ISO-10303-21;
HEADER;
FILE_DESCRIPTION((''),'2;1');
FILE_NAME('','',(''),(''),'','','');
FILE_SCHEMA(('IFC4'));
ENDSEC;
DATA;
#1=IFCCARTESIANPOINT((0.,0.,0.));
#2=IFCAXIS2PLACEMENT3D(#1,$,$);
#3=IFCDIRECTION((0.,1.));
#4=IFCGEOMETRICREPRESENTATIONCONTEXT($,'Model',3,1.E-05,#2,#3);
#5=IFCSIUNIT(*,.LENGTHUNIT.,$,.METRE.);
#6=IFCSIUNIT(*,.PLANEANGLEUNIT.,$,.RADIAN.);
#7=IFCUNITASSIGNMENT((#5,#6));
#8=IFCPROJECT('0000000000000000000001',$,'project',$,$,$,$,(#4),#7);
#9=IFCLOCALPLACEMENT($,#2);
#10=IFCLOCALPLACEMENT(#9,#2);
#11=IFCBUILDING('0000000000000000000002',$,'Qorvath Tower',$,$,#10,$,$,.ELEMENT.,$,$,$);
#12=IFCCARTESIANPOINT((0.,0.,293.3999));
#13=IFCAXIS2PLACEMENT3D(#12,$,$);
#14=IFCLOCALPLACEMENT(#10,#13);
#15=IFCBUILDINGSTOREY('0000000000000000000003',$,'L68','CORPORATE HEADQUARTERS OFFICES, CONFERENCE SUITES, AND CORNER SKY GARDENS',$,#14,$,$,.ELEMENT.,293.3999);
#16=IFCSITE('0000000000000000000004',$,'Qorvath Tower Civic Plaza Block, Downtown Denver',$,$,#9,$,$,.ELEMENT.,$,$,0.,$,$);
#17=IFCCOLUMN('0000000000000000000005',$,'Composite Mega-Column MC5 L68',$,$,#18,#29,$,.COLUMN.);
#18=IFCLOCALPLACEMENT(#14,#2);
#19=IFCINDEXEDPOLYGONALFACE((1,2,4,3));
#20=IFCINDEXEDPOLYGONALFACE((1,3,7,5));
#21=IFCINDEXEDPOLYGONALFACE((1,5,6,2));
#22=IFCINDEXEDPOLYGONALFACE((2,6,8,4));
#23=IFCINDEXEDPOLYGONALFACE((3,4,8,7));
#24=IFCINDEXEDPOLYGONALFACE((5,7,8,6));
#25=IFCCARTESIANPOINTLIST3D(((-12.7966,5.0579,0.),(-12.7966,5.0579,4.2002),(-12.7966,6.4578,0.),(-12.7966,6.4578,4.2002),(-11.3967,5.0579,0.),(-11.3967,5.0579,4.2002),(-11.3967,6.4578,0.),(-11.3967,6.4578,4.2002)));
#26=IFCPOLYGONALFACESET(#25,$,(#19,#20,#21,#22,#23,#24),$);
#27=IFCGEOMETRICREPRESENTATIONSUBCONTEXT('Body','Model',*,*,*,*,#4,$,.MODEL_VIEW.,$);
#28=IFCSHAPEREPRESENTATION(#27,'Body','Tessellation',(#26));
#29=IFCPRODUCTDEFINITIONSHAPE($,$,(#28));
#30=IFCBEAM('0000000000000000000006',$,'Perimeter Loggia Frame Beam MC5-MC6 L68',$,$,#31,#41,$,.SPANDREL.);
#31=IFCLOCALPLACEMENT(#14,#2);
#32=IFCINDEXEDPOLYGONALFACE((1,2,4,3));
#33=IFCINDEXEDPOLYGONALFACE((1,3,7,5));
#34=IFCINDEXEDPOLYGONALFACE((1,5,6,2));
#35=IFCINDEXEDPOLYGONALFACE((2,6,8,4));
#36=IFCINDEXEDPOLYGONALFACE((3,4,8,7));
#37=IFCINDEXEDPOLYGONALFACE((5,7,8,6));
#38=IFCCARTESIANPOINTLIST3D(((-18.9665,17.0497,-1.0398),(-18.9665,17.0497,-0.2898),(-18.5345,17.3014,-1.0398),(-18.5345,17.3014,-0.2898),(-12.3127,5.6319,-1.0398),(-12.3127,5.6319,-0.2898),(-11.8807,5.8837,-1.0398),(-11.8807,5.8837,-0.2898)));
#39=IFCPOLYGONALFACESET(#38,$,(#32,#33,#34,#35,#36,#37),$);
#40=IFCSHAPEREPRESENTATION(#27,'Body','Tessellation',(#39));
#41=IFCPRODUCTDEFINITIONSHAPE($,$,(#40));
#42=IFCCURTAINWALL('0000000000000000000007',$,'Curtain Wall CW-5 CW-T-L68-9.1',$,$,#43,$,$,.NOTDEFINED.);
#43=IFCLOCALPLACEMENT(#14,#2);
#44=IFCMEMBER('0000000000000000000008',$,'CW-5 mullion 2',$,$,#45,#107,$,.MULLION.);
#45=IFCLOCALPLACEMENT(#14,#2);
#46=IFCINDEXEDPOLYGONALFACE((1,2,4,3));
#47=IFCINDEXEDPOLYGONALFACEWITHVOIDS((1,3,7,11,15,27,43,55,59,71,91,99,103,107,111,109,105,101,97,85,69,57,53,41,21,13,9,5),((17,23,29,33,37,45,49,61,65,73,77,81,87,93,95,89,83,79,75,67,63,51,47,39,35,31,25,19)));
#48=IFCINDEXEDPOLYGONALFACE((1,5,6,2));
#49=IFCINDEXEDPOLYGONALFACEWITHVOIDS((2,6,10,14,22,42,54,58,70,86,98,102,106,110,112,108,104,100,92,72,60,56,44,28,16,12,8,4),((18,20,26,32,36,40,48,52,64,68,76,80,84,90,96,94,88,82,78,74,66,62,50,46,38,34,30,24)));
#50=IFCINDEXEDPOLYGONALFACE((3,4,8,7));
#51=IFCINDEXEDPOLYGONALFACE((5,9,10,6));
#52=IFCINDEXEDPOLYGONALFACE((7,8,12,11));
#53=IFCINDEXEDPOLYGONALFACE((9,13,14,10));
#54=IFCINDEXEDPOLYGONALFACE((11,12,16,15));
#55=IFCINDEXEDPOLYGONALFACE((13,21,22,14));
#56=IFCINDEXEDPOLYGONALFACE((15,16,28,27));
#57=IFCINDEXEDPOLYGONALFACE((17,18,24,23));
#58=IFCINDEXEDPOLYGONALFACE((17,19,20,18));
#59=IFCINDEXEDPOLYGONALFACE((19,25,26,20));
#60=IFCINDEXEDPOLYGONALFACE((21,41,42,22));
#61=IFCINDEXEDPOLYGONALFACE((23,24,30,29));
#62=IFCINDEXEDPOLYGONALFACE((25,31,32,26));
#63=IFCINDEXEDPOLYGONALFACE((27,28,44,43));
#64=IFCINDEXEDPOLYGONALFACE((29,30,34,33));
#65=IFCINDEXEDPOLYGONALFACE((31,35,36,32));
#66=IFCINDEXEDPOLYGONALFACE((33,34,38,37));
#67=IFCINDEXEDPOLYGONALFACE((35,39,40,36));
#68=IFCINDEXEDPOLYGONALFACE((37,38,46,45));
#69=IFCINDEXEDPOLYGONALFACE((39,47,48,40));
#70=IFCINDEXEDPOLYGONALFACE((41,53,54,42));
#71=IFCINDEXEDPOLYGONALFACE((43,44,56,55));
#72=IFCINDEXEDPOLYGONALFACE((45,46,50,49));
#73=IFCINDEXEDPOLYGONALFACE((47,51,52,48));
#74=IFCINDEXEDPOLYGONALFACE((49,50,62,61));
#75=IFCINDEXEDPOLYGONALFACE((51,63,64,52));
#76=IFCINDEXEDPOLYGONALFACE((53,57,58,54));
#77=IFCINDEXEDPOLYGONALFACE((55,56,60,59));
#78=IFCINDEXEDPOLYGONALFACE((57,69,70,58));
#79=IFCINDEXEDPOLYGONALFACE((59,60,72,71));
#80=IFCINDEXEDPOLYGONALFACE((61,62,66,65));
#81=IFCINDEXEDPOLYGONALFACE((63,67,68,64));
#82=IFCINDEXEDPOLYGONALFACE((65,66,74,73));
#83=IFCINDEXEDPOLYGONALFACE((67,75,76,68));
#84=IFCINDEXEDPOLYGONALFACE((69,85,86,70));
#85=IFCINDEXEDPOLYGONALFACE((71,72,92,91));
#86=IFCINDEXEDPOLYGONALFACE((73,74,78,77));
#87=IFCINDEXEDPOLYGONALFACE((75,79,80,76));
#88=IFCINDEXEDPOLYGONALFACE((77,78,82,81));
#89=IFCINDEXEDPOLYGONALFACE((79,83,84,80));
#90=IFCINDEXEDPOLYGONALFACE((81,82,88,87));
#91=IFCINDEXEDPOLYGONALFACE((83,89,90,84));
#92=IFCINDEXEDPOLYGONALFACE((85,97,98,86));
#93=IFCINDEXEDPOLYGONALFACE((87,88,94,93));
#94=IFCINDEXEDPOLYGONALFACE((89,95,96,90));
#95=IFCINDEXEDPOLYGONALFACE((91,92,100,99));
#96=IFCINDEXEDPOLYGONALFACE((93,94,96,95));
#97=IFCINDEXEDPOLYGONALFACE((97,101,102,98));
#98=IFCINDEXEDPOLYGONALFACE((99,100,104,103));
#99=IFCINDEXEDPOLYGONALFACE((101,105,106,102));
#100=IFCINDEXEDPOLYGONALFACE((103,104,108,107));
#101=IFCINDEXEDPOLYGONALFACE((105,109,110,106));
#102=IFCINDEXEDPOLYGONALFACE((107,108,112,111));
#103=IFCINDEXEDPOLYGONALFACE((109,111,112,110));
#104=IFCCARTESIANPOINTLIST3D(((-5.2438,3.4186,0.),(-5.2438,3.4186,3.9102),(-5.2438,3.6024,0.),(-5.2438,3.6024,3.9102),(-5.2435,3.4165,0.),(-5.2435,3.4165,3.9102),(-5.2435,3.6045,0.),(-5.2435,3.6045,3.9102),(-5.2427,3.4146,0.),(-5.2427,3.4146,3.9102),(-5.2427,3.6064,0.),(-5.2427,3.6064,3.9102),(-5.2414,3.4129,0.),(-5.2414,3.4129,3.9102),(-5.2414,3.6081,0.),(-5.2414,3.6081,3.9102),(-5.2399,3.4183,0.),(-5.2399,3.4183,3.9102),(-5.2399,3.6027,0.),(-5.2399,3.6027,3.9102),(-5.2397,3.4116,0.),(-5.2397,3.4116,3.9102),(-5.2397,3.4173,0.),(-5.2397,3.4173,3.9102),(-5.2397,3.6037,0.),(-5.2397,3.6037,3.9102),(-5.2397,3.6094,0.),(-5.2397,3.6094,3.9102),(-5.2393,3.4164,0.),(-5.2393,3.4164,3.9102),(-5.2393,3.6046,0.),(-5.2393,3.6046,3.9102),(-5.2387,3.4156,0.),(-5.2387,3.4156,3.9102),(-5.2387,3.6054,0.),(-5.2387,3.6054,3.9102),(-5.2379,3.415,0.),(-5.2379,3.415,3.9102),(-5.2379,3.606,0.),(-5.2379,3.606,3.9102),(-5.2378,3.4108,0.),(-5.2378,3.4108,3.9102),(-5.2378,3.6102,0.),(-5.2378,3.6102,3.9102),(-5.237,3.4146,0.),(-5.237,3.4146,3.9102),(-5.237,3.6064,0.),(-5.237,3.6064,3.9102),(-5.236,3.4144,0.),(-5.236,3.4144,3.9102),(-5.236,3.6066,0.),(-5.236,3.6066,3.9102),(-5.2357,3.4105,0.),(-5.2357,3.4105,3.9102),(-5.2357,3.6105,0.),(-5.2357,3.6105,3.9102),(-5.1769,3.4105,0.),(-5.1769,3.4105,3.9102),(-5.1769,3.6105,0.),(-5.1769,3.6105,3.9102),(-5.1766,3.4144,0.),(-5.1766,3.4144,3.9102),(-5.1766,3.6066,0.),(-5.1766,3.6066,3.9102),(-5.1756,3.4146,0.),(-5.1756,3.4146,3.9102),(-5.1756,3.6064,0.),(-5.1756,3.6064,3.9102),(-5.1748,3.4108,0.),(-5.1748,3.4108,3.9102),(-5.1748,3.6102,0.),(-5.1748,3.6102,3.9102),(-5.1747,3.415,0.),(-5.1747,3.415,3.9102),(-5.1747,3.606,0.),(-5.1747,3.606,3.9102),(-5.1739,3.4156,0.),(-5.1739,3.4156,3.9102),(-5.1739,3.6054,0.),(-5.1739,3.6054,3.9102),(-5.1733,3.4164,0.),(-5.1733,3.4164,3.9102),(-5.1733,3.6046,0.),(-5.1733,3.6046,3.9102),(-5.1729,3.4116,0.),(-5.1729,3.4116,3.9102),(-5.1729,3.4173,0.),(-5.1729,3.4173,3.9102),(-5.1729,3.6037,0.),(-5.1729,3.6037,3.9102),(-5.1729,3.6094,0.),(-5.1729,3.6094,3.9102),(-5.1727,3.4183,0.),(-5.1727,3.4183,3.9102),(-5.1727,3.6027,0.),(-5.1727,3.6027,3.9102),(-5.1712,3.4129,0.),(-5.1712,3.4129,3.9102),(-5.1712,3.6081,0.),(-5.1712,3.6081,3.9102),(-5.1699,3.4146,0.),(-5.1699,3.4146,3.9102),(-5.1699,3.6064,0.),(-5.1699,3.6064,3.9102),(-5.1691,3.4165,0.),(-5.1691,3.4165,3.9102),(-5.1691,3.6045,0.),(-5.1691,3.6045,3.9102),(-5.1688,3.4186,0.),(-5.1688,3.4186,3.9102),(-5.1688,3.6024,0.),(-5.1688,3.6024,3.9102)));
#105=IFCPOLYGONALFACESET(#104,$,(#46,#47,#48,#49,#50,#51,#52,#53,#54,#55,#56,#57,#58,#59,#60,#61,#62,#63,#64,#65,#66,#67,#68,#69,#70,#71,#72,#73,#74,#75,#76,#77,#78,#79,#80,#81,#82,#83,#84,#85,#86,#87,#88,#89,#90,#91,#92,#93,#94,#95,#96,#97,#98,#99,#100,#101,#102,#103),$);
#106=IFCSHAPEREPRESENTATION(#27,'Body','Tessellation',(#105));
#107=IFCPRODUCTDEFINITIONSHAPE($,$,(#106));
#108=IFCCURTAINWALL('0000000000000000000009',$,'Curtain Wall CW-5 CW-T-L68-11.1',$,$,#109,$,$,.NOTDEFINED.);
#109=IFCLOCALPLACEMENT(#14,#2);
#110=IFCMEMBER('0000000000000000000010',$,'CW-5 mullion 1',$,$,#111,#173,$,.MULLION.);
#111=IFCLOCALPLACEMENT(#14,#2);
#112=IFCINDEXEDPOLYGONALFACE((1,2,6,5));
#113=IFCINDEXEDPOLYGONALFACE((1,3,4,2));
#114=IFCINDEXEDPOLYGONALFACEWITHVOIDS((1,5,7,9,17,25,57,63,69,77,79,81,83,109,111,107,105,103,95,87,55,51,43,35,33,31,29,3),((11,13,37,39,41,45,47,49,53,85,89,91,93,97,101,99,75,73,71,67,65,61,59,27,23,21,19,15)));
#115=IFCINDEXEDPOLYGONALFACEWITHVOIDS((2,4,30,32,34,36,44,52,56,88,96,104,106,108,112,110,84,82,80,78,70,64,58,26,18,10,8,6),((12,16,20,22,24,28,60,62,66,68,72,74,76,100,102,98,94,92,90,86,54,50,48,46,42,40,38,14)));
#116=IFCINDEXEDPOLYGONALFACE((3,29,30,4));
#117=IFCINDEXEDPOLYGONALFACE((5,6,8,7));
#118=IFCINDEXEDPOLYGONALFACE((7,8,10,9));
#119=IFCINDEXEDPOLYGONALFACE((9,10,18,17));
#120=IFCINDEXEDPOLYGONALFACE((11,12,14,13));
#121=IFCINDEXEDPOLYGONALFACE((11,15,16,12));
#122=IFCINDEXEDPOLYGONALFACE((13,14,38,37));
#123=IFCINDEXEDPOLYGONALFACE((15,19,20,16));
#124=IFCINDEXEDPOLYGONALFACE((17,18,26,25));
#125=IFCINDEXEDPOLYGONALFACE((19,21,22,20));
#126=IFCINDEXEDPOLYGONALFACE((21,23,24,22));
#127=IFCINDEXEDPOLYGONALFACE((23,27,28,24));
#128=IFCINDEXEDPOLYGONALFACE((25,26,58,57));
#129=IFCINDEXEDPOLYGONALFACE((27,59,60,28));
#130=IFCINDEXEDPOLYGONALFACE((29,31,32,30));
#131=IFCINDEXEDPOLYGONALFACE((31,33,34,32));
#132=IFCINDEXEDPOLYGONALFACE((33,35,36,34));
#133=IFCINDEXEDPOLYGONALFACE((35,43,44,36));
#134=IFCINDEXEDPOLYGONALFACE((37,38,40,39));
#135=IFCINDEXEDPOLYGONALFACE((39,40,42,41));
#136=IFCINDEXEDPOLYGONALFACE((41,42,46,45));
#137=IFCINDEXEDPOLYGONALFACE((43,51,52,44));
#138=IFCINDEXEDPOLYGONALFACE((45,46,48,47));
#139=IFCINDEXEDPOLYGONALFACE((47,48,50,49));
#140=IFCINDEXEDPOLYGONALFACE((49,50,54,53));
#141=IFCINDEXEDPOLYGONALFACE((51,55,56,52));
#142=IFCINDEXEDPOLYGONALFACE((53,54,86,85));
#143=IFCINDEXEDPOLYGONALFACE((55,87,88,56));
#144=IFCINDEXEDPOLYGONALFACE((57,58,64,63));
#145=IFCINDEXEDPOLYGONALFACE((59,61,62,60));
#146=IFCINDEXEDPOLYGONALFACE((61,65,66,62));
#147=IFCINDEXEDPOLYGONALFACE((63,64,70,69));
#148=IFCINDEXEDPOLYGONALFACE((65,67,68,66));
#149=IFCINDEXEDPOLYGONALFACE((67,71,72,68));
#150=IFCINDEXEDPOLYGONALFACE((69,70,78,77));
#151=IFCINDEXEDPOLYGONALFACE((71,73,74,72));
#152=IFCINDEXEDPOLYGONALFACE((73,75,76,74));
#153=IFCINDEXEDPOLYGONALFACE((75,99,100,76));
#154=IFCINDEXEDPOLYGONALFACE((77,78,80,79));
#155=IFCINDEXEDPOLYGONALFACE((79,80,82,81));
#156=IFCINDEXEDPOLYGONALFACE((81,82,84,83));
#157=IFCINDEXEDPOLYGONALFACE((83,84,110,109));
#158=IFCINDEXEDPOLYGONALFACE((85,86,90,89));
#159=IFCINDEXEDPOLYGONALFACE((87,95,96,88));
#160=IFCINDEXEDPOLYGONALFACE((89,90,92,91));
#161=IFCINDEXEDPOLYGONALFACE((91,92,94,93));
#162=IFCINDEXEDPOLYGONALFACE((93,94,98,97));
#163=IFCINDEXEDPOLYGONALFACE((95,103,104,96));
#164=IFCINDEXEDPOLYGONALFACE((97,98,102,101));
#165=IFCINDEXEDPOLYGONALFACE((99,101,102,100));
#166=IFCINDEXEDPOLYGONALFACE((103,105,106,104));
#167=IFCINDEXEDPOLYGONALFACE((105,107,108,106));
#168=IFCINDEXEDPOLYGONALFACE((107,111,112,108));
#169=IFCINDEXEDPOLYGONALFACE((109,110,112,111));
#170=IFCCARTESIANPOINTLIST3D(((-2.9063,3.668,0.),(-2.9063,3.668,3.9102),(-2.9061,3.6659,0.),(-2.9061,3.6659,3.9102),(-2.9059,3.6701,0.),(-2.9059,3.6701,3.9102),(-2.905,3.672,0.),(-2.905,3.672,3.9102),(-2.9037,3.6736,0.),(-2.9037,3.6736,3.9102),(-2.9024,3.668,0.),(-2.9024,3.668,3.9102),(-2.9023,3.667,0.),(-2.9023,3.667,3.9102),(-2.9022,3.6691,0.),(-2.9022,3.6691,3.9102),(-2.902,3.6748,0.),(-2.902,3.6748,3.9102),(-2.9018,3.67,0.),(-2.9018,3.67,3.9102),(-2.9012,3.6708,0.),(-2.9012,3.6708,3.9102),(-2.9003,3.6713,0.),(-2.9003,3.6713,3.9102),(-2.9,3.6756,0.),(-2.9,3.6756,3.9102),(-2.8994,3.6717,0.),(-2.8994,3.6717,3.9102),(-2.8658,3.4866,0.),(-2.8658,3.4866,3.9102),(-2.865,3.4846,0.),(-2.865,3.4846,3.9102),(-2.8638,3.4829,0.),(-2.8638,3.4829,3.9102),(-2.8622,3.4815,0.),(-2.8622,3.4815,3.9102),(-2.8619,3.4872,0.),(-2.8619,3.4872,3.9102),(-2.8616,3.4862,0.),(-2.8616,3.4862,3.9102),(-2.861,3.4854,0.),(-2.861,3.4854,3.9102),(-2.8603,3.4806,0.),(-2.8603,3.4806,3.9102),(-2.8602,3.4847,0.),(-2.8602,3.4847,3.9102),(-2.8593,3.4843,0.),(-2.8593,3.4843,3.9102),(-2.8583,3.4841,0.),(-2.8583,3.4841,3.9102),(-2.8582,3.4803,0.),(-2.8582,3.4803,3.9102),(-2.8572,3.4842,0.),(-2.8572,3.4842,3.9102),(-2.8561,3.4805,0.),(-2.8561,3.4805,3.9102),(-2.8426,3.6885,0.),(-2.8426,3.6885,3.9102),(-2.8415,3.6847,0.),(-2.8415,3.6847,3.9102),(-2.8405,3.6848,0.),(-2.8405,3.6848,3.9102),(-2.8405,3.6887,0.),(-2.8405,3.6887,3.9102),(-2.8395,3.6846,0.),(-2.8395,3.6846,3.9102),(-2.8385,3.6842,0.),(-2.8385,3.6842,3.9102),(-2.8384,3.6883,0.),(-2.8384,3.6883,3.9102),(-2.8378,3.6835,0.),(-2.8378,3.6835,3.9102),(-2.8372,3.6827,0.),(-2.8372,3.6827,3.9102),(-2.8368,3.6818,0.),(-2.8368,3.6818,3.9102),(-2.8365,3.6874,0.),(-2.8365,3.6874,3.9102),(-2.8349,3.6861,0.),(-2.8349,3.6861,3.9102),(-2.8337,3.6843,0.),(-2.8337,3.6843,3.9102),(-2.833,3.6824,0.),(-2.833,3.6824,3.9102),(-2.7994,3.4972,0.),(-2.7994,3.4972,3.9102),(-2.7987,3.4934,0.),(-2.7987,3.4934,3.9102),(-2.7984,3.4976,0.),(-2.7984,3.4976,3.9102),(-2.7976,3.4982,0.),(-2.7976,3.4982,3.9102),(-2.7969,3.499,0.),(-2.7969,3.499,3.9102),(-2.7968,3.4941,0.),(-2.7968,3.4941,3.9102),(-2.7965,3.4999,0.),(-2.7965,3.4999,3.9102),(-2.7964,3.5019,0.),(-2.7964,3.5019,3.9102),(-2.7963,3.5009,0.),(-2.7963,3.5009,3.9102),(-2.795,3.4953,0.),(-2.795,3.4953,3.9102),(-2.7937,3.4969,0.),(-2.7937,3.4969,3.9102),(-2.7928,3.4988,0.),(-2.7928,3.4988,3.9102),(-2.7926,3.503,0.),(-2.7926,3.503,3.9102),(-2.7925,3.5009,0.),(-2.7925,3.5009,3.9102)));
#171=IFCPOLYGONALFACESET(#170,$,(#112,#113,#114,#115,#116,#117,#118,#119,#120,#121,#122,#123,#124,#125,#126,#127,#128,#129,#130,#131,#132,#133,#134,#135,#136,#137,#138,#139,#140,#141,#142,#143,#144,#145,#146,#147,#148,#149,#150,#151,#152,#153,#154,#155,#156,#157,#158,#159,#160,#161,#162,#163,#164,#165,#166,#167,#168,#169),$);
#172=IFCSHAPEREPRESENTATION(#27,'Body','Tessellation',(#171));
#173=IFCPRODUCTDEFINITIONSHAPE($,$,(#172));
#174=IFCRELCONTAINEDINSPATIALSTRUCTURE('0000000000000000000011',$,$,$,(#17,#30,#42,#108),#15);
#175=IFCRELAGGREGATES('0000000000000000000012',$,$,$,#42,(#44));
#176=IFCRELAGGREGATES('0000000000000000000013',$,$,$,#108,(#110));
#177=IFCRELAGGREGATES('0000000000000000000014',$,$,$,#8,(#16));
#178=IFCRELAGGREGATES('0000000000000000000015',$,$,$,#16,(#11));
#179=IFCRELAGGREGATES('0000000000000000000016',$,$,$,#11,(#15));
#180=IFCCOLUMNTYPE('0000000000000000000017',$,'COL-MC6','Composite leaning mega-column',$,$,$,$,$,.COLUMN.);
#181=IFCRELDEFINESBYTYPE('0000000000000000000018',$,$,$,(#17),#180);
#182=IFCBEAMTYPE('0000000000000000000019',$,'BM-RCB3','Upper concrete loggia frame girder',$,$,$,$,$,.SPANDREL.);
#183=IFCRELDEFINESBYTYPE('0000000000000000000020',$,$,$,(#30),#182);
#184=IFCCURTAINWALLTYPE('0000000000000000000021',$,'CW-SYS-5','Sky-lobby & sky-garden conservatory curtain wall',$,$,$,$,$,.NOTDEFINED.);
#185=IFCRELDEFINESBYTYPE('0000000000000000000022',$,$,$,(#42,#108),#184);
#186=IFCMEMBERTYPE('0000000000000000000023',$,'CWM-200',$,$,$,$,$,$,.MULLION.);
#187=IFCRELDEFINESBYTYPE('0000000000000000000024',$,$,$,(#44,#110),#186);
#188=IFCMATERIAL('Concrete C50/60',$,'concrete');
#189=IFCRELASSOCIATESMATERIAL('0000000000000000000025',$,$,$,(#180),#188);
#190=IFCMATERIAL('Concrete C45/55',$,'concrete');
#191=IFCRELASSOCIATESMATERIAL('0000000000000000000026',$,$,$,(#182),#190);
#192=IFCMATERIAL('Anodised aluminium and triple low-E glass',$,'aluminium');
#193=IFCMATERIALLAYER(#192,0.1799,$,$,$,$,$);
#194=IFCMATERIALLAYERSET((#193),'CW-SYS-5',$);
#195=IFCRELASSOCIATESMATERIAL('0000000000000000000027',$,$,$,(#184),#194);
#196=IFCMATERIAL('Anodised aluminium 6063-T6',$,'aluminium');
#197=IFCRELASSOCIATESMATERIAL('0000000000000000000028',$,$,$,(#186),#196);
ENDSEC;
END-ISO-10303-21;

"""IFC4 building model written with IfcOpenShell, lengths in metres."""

from ifc_helpers import new_model, si_unit, direction, frame, origin, origin_2d, place, context, subcontext, project, spatial, rectangle, hollow_rectangle, extrude, material, layer, layer_set, material_profile, profile_set, type_object, element, aggregate, save


model = new_model("IFC4")

# Units and contexts
model_context = context("Model", 3, precision=1e-05, world=origin(), true_north=direction((0.0, 1.0)))
body_context = subcontext(model_context, "Body", "Model", "MODEL_VIEW")
ifc_project = project(units=[si_unit("LENGTHUNIT", "METRE"), si_unit("PLANEANGLEUNIT", "RADIAN")], contexts=[model_context])

# Site, building, storey
site_placement = place(None, origin())
site = spatial("IfcSite", under=ifc_project, at=site_placement, Name="Qorvath Tower Civic Plaza Block, Downtown Denver", CompositionType="ELEMENT", RefElevation=0.0)
building_placement = place(site_placement, origin())
building = spatial("IfcBuilding", under=site, at=building_placement, Name="Qorvath Tower", CompositionType="ELEMENT")
storey_placement = place(building_placement, frame((0.0, 0.0, 293.3999)))
storey = spatial("IfcBuildingStorey", under=building, at=storey_placement, Name="L68", Description="CORPORATE HEADQUARTERS OFFICES, CONFERENCE SUITES, AND CORNER SKY GARDENS", CompositionType="ELEMENT", Elevation=293.3999)

# Column
ifc_material_1 = material(Name="Concrete C50/60", Category="concrete")
ifc_material_profile_1 = material_profile(ifc_material_1, rectangle(XDim=1.3999, YDim=1.3999, at=origin_2d()), Name="MC 1400x1400")
ifc_profile_set_1 = profile_set([ifc_material_profile_1], Name="Concrete C50/60")
column_type = type_object("IfcColumnType", Name="COL-MC6", Description="Composite leaning mega-column", PredefinedType="COLUMN", material=ifc_profile_set_1)
column_placement = place(storey_placement, frame((-12.0967, 5.7578, 0.0), z_axis=(0.0, 0.0, 1.0), x_axis=(1.0, 0.0, 0.0)))
element("IfcColumn", 1, at=column_placement, inside=storey, type_object=column_type, Name="Composite Mega-Column MC5 L68", PredefinedType="COLUMN", context=body_context, shape_type="SweptSolid", body=[
    extrude(rectangle(XDim=1.3999, YDim=1.3999, at=origin_2d()), origin(), (0.0, 0.0, 1.0), 4.2002),
])

# Beam
ifc_material_2 = material(Name="Concrete C45/55", Category="concrete")
ifc_material_profile_2 = material_profile(ifc_material_2, rectangle(XDim=0.5, YDim=0.75, at=origin_2d()), Name="RCB 750x500")
ifc_profile_set_2 = profile_set([ifc_material_profile_2], Name="Concrete C45/55")
beam_type = type_object("IfcBeamType", Name="BM-RCB3", Description="Upper concrete loggia frame girder", PredefinedType="SPANDREL", material=ifc_profile_set_2)
beam_placement = place(storey_placement, frame((-12.0967, 5.7578, -0.6648), z_axis=(-0.503502, 0.863994, 0.0), x_axis=(-0.863994, -0.503502, 0.0)))
element("IfcBeam", 2, at=beam_placement, inside=storey, type_object=beam_type, Name="Perimeter Loggia Frame Beam MC5-MC6 L68", PredefinedType="SPANDREL", context=body_context, shape_type="SweptSolid", body=[
    extrude(rectangle(XDim=0.5, YDim=0.75, at=origin_2d()), origin(), (0.0, 0.0, 1.0), 13.2151),
])

# Curtain wall, member
ifc_material_3 = material(Name="Anodised aluminium and triple low-E glass", Category="aluminium")
ifc_layer_1 = layer(ifc_material_3, 0.1799)
ifc_layer_set_1 = layer_set([ifc_layer_1], Name="CW-SYS-5")
curtain_wall_type = type_object("IfcCurtainWallType", Name="CW-SYS-5", Description="Sky-lobby & sky-garden conservatory curtain wall", PredefinedType="NOTDEFINED", material=ifc_layer_set_1)
curtain_wall_1_placement = place(storey_placement, origin())
curtain_wall_1 = element("IfcCurtainWall", 3, at=curtain_wall_1_placement, inside=storey, type_object=curtain_wall_type, Name="Curtain Wall CW-5 CW-T-L68-9.1", PredefinedType="NOTDEFINED")
ifc_material_4 = material(Name="Anodised aluminium 6063-T6", Category="aluminium")
ifc_material_profile_3 = material_profile(ifc_material_4, hollow_rectangle(XDim=0.075, YDim=0.2, WallThickness=0.0039, InnerFilletRadius=0.0039, OuterFilletRadius=0.0081, at=origin_2d()), Name="CWM 200x75")
ifc_profile_set_3 = profile_set([ifc_material_profile_3], Name="Anodised aluminium 6063-T6")
member_type_1 = type_object("IfcMemberType", Name="CWM-200", PredefinedType="MULLION", material=ifc_profile_set_3)
member_1_placement = place(storey_placement, frame((-5.2063, 3.5105, 0.0), z_axis=(0.0, 0.0, 1.0), x_axis=(-1.0, 0.0, 0.0)))
member_1 = element("IfcMember", 4, at=member_1_placement, type_object=member_type_1, Name="CW-5 mullion 2", PredefinedType="MULLION", context=body_context, shape_type="SweptSolid", body=[
    extrude(hollow_rectangle(XDim=0.075, YDim=0.2, WallThickness=0.0039, InnerFilletRadius=0.0039, OuterFilletRadius=0.0081, at=origin_2d()), origin(), (0.0, 0.0, 1.0), 3.9102),
])
aggregate(curtain_wall_1, [member_1])

# Curtain wall, member
curtain_wall_2_placement = place(storey_placement, origin())
curtain_wall_2 = element("IfcCurtainWall", 5, at=curtain_wall_2_placement, inside=storey, type_object=curtain_wall_type, Name="Curtain Wall CW-5 CW-T-L68-11.1", PredefinedType="NOTDEFINED")
member_2_placement = place(storey_placement, frame((-2.8494, 3.5845, 0.0), z_axis=(0.0, 0.0, 1.0), x_axis=(-0.975665, -0.219267, 0.0)))
member_2 = element("IfcMember", 6, at=member_2_placement, type_object=member_type_1, Name="CW-5 mullion 1", PredefinedType="MULLION", context=body_context, shape_type="SweptSolid", body=[
    extrude(hollow_rectangle(XDim=0.075, YDim=0.2, WallThickness=0.0039, InnerFilletRadius=0.0039, OuterFilletRadius=0.0081, at=origin_2d()), origin(), (0.0, 0.0, 1.0), 3.9102),
])
aggregate(curtain_wall_2, [member_2])

save(model, "model.ifc")
